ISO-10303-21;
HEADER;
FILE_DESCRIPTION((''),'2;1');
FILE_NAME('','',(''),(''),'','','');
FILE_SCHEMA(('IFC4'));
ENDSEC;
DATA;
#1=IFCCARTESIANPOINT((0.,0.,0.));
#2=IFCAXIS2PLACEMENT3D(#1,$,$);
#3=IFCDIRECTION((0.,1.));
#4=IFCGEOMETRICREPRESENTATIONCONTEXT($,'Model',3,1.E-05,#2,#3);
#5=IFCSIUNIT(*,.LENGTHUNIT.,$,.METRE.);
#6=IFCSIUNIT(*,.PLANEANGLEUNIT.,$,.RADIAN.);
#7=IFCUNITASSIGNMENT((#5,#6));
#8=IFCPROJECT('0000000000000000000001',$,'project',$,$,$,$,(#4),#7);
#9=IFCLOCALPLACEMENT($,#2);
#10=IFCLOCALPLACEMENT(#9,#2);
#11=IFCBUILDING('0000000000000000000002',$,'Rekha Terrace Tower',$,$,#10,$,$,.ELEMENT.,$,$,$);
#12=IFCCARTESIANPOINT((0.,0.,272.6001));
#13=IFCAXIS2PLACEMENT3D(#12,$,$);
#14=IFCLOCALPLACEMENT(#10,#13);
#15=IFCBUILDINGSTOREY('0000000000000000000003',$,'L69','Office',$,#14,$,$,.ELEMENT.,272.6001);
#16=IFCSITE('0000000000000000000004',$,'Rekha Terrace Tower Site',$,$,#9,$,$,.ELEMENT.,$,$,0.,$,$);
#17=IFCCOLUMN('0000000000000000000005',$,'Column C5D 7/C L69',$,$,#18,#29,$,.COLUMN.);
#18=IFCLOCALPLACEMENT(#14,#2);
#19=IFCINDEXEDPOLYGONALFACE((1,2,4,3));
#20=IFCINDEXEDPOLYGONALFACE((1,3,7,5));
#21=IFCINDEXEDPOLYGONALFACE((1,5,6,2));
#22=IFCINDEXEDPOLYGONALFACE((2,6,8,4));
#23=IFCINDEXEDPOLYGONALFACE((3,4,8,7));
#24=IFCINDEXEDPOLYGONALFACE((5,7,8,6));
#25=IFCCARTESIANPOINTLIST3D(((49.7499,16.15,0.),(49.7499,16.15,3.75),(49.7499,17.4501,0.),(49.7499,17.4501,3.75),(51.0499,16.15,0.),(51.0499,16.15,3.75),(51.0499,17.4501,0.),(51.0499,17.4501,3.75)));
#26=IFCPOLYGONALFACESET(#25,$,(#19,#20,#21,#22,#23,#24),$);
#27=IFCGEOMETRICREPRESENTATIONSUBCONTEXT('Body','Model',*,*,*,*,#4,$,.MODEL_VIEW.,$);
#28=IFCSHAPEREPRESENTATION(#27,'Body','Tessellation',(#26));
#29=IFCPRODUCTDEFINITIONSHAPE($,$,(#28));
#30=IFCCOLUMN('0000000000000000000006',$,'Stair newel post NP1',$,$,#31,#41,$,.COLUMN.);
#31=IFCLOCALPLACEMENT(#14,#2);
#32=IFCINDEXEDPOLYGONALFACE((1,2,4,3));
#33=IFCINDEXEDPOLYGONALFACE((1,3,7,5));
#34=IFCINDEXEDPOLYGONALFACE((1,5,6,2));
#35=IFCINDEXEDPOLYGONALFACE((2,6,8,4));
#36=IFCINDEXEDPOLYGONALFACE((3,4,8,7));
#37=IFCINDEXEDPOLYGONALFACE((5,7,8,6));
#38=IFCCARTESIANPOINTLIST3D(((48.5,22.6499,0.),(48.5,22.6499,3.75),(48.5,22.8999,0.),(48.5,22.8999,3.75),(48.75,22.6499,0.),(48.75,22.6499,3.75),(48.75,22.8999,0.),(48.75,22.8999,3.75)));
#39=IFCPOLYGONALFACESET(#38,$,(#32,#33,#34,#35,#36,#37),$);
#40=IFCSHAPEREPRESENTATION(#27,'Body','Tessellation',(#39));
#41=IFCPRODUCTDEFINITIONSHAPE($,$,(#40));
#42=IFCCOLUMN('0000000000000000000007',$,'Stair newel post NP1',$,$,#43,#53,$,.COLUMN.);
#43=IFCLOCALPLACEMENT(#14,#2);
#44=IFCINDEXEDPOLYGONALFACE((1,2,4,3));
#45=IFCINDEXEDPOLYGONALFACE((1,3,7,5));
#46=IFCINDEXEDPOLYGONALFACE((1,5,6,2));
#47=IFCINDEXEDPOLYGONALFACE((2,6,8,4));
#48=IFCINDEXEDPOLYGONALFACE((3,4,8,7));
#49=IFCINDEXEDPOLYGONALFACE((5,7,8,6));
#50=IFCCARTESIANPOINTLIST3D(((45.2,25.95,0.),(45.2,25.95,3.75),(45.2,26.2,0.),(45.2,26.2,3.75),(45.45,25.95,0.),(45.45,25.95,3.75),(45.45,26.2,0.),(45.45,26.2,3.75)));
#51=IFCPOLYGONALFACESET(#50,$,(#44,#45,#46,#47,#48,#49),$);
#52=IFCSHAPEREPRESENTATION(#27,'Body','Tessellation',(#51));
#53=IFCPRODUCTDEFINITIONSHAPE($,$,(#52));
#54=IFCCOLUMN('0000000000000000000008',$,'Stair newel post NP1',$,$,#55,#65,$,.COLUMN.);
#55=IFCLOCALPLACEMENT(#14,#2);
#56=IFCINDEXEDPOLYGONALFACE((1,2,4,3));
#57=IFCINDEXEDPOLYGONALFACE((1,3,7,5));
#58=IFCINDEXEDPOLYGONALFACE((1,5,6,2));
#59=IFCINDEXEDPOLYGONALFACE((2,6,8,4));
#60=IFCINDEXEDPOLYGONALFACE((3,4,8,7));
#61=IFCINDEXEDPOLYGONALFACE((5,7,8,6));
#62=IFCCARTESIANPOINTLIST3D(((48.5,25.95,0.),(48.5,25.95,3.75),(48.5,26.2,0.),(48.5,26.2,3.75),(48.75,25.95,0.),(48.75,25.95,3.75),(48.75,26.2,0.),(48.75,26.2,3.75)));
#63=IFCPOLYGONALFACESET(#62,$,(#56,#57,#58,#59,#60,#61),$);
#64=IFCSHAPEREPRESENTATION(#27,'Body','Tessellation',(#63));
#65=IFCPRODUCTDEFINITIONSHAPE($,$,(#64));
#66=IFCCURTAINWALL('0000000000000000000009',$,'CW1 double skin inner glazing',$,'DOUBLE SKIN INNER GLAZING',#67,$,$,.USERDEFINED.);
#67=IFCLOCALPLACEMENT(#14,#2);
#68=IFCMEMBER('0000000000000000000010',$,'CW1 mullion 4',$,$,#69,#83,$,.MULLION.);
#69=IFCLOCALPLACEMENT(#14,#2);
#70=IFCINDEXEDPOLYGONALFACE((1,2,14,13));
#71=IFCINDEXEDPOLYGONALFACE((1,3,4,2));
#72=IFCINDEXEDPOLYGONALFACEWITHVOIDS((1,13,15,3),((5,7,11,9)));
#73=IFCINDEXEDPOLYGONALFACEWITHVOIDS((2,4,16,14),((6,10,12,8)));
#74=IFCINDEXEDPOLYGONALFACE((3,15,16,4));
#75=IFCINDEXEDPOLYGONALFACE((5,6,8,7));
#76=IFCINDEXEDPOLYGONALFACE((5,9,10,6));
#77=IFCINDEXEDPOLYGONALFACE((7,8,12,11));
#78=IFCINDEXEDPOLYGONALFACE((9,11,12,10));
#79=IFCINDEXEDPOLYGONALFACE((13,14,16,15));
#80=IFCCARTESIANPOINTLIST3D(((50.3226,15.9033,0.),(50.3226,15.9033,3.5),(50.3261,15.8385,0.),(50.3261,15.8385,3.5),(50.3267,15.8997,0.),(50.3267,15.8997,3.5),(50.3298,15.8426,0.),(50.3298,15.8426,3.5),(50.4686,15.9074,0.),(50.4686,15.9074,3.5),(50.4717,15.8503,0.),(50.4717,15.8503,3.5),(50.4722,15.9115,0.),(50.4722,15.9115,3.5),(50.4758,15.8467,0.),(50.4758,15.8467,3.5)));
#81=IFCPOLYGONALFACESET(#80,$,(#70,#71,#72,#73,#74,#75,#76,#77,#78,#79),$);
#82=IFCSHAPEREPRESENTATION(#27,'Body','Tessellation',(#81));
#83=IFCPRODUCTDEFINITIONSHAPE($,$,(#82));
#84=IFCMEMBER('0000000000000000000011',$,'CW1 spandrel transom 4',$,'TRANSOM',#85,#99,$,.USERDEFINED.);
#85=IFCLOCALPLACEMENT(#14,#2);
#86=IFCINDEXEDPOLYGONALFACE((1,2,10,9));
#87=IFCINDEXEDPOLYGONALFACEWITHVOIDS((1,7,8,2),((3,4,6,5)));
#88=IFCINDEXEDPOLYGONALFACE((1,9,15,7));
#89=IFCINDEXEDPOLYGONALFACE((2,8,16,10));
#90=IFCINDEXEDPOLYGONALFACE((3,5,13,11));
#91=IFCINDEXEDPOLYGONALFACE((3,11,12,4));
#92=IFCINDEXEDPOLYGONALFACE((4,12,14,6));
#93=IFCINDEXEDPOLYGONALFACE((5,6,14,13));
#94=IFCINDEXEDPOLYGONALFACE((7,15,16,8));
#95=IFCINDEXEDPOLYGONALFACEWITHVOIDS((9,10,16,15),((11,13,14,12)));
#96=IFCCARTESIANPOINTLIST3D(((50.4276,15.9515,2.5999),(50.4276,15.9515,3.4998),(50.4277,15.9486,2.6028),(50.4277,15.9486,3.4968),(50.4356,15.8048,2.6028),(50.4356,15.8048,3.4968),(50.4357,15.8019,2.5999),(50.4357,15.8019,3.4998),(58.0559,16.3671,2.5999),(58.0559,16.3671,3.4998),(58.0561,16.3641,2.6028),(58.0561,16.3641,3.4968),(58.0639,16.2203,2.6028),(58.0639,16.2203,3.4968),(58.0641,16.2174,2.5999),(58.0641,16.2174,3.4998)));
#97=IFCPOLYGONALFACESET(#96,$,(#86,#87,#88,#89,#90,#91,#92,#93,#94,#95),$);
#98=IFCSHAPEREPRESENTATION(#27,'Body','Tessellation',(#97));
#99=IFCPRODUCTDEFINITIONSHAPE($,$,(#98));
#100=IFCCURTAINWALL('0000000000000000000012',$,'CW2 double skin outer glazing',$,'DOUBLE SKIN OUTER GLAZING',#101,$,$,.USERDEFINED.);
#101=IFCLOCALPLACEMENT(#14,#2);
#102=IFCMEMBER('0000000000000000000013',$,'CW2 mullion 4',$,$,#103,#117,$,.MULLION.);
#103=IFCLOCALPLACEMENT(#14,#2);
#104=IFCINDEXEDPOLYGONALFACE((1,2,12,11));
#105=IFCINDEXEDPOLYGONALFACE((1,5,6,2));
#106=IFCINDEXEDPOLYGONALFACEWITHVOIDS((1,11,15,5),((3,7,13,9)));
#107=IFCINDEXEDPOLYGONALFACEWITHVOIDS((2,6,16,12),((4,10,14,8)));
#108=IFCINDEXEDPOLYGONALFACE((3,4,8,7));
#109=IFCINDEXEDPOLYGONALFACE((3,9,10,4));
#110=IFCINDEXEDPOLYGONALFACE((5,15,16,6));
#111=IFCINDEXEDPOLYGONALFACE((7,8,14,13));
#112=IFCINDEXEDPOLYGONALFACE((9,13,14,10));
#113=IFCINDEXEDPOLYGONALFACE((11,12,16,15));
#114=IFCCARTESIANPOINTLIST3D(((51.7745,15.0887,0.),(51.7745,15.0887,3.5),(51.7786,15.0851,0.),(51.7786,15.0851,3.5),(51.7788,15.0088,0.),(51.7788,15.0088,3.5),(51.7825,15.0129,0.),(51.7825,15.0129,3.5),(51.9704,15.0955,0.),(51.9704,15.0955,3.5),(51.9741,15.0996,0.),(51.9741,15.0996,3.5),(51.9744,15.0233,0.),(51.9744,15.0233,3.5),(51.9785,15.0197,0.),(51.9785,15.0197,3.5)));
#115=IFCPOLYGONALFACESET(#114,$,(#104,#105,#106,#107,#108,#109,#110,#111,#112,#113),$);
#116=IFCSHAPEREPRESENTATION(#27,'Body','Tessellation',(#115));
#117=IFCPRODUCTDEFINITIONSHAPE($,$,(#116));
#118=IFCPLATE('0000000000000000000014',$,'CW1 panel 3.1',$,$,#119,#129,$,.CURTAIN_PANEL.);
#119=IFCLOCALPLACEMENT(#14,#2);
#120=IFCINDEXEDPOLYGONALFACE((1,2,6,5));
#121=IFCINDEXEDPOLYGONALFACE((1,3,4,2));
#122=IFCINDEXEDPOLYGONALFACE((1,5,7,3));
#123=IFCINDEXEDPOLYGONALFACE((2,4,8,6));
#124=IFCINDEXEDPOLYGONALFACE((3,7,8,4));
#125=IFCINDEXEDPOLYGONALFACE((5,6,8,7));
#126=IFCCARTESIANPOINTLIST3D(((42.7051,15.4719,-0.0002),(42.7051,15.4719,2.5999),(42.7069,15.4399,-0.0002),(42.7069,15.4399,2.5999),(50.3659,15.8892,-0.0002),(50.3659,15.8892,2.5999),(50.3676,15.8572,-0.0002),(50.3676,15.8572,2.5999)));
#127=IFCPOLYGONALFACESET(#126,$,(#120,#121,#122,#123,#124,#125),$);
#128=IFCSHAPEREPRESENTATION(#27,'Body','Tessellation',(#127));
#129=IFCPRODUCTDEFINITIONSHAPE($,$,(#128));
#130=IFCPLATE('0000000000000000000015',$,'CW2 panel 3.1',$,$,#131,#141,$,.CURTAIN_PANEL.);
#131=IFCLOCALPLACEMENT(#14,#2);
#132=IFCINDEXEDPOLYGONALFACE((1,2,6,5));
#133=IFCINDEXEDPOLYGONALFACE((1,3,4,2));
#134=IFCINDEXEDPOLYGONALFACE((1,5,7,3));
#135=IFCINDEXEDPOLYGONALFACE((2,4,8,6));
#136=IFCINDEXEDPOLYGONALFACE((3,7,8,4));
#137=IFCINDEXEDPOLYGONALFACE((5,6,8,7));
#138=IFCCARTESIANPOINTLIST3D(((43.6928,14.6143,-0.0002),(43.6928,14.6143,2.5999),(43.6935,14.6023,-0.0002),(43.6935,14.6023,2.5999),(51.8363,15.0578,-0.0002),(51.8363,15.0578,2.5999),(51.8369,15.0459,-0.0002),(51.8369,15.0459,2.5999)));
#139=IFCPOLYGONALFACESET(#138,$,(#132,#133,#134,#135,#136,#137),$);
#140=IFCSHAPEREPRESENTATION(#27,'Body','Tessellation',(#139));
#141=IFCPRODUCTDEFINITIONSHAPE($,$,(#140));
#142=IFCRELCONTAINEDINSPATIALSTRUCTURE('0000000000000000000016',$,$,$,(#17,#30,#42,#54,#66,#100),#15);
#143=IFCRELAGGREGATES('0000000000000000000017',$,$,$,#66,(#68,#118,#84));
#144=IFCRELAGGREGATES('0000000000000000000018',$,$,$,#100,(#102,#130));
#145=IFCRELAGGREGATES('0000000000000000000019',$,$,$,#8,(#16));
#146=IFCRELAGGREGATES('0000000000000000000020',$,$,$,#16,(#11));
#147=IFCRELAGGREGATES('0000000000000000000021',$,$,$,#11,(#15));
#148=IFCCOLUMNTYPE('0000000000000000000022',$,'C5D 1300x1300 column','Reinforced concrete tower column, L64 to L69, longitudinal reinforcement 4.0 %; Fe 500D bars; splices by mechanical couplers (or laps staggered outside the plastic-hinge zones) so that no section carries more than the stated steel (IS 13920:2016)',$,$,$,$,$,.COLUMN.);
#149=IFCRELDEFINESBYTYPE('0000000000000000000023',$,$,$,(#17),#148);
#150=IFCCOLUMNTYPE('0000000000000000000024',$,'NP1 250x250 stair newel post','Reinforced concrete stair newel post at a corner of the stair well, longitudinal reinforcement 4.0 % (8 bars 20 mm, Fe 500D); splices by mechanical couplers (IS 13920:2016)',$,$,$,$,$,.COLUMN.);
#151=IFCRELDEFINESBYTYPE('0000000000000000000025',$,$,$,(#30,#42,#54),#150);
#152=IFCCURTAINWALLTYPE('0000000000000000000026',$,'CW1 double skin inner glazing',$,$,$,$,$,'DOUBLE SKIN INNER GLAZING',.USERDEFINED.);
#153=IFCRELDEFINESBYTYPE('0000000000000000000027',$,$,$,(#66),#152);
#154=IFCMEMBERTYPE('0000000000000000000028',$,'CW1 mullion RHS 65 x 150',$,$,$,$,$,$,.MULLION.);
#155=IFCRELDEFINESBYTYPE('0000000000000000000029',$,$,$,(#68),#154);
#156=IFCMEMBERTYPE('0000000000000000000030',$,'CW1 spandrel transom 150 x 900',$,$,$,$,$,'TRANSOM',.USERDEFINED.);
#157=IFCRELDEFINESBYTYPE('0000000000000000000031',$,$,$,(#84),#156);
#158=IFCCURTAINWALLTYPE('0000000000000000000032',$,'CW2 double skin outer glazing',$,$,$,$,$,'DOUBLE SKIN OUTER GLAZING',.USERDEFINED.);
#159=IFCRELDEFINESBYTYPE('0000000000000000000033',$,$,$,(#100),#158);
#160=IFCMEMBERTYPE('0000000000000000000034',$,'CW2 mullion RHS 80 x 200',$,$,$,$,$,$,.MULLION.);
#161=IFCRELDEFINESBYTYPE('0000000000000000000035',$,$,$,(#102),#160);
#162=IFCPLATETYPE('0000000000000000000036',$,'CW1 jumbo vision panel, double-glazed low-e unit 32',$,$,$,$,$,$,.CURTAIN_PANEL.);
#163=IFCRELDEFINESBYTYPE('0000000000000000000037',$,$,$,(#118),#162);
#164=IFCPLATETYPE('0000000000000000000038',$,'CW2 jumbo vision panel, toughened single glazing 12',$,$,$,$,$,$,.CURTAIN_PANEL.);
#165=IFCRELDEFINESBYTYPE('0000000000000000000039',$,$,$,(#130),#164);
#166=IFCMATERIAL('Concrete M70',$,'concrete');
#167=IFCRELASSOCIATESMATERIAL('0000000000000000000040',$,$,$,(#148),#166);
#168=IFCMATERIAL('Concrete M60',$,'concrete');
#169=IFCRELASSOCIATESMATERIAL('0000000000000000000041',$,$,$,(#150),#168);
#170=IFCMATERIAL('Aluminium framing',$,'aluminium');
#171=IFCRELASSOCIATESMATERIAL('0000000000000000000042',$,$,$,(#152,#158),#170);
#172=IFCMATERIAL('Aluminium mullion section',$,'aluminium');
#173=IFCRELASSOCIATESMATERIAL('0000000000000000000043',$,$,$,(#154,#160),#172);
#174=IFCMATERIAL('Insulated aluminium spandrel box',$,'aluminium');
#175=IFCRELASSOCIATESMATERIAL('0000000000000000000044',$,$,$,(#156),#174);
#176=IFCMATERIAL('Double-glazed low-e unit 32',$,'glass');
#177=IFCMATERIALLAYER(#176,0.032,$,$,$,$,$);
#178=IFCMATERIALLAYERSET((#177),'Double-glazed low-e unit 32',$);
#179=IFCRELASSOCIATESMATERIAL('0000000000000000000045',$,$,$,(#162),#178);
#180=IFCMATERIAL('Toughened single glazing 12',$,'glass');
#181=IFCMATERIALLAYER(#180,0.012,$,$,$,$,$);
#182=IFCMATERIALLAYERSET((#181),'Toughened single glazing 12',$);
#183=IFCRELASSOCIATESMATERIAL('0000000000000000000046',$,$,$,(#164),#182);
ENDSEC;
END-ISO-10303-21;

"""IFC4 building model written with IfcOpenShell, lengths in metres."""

from ifc_helpers import new_model, si_unit, direction, frame, origin, origin_2d, place, context, subcontext, project, spatial, rectangle, hollow_rectangle, extrude, material, layer, layer_set, material_profile, profile_set, type_object, element, aggregate, save


model = new_model("IFC4")

# Units and contexts
model_context = context("Model", 3, precision=1e-05, world=origin(), true_north=direction((0.0, 1.0)))
body_context = subcontext(model_context, "Body", "Model", "MODEL_VIEW")
ifc_project = project(units=[si_unit("LENGTHUNIT", "METRE"), si_unit("PLANEANGLEUNIT", "RADIAN")], contexts=[model_context])

# Site, building, storey
site_placement = place(None, origin())
site = spatial("IfcSite", under=ifc_project, at=site_placement, Name="Rekha Terrace Tower Site", CompositionType="ELEMENT", RefElevation=0.0)
building_placement = place(site_placement, origin())
building = spatial("IfcBuilding", under=site, at=building_placement, Name="Rekha Terrace Tower", CompositionType="ELEMENT")
storey_placement = place(building_placement, frame((0.0, 0.0, 272.6001)))
storey = spatial("IfcBuildingStorey", under=building, at=storey_placement, Name="L69", Description="Office", CompositionType="ELEMENT", Elevation=272.6001)

# Columns
ifc_material_1 = material(Name="Concrete M70", Category="concrete")
ifc_material_profile_1 = material_profile(ifc_material_1, rectangle(XDim=1.3, YDim=1.3, at=origin_2d()), Name="RC 1300x1300")
ifc_profile_set_1 = profile_set([ifc_material_profile_1], Name="Concrete M70")
column_type_1 = type_object("IfcColumnType", Name="C5D 1300x1300 column", Description="Reinforced concrete tower column, L64 to L69, longitudinal reinforcement 4.0 %; Fe 500D bars; splices by mechanical couplers (or laps staggered outside the plastic-hinge zones) so that no section carries more than the stated steel (IS 13920:2016)", PredefinedType="COLUMN", material=ifc_profile_set_1)
column_placement = place(storey_placement, frame((50.3999, 16.8, 0.0), z_axis=(0.0, 0.0, 1.0), x_axis=(1.0, 0.0, 0.0)))
element("IfcColumn", 1, at=column_placement, inside=storey, type_object=column_type_1, Name="Column C5D 7/C L69", PredefinedType="COLUMN", context=body_context, shape_type="SweptSolid", body=[
    extrude(rectangle(XDim=1.3, YDim=1.3, at=origin_2d()), origin(), (0.0, 0.0, 1.0), 3.75),
])
ifc_material_2 = material(Name="Concrete M60", Category="concrete")
ifc_material_profile_2 = material_profile(ifc_material_2, rectangle(XDim=0.25, YDim=0.25, at=origin_2d()), Name="RC 250x250")
ifc_profile_set_2 = profile_set([ifc_material_profile_2], Name="Concrete M60")
column_type_2 = type_object("IfcColumnType", Name="NP1 250x250 stair newel post", Description="Reinforced concrete stair newel post at a corner of the stair well, longitudinal reinforcement 4.0 % (8 bars 20 mm, Fe 500D); splices by mechanical couplers (IS 13920:2016)", PredefinedType="COLUMN", material=ifc_profile_set_2)
for number, where, z_axis, x_axis, name in (
    (2, (48.625, 22.7749, 0.0), (0.0, 0.0, 1.0), (1.0, 0.0, 0.0), "Stair newel post NP1"),
    (3, (45.325, 26.075, 0.0), (0.0, 0.0, 1.0), (1.0, 0.0, 0.0), "Stair newel post NP1"),
    (4, (48.625, 26.075, 0.0), (0.0, 0.0, 1.0), (1.0, 0.0, 0.0), "Stair newel post NP1"),
):
    element("IfcColumn", number, at=place(storey_placement, frame(where, z_axis=z_axis, x_axis=x_axis)), inside=storey, type_object=column_type_2, Name=name, PredefinedType="COLUMN", context=body_context, shape_type="SweptSolid", body=[
        extrude(rectangle(XDim=0.25, YDim=0.25, at=origin_2d()), origin(), (0.0, 0.0, 1.0), 3.75),
    ])

# Curtain wall, members
ifc_material_3 = material(Name="Aluminium framing", Category="aluminium")
curtain_wall_type_1 = type_object("IfcCurtainWallType", Name="CW1 double skin inner glazing", ElementType="DOUBLE SKIN INNER GLAZING", PredefinedType="USERDEFINED", material=ifc_material_3)
curtain_wall_1_placement = place(storey_placement, origin())
curtain_wall_1 = element("IfcCurtainWall", 5, at=curtain_wall_1_placement, inside=storey, type_object=curtain_wall_type_1, Name="CW1 double skin inner glazing", ObjectType="DOUBLE SKIN INNER GLAZING", PredefinedType="USERDEFINED")
ifc_material_4 = material(Name="Aluminium mullion section", Category="aluminium")
ifc_material_profile_3 = material_profile(ifc_material_4, hollow_rectangle(XDim=0.0649, YDim=0.1499, WallThickness=0.0039, at=origin_2d()), Name="AL RHS 65x150")
ifc_profile_set_3 = profile_set([ifc_material_profile_3], Name="Aluminium mullion section")
member_type_1 = type_object("IfcMemberType", Name="CW1 mullion RHS 65 x 150", PredefinedType="MULLION", material=ifc_profile_set_3)
member_1_placement = place(storey_placement, frame((50.3992, 15.875, 0.0), z_axis=(0.0, 0.0, 1.0), x_axis=(-0.054389, 0.99852, 0.0)))
member_1 = element("IfcMember", 6, at=member_1_placement, type_object=member_type_1, Name="CW1 mullion 4", PredefinedType="MULLION", context=body_context, shape_type="SweptSolid", body=[
    extrude(hollow_rectangle(XDim=0.0649, YDim=0.1499, WallThickness=0.0039, at=origin_2d()), origin(), (0.0, 0.0, 1.0), 3.5),
])
ifc_material_5 = material(Name="Insulated aluminium spandrel box", Category="aluminium")
ifc_material_profile_4 = material_profile(ifc_material_5, hollow_rectangle(XDim=0.1499, YDim=0.8999, WallThickness=0.0029, at=origin_2d()), Name="AL SPANDREL BOX 150x900")
ifc_profile_set_4 = profile_set([ifc_material_profile_4], Name="Insulated aluminium spandrel box")
member_type_2 = type_object("IfcMemberType", Name="CW1 spandrel transom 150 x 900", ElementType="TRANSOM", PredefinedType="USERDEFINED", material=ifc_profile_set_4)
member_2_placement = place(storey_placement, frame((50.4316, 15.8767, 3.0498), z_axis=(0.99852, 0.05439, 0.0), x_axis=(-0.05439, 0.99852, 0.0)))
member_2 = element("IfcMember", 7, at=member_2_placement, type_object=member_type_2, Name="CW1 spandrel transom 4", ObjectType="TRANSOM", PredefinedType="USERDEFINED", context=body_context, shape_type="SweptSolid", body=[
    extrude(hollow_rectangle(XDim=0.1499, YDim=0.8999, WallThickness=0.0029, at=origin_2d()), origin(), (0.0, 0.0, 1.0), 7.6396),
])

# Curtain wall, member
curtain_wall_type_2 = type_object("IfcCurtainWallType", Name="CW2 double skin outer glazing", ElementType="DOUBLE SKIN OUTER GLAZING", PredefinedType="USERDEFINED", material=ifc_material_3)
curtain_wall_2_placement = place(storey_placement, origin())
curtain_wall_2 = element("IfcCurtainWall", 8, at=curtain_wall_2_placement, inside=storey, type_object=curtain_wall_type_2, Name="CW2 double skin outer glazing", ObjectType="DOUBLE SKIN OUTER GLAZING", PredefinedType="USERDEFINED")
ifc_material_profile_5 = material_profile(ifc_material_4, hollow_rectangle(XDim=0.0801, YDim=0.2, WallThickness=0.0039, at=origin_2d()), Name="AL RHS 80x200")
ifc_profile_set_5 = profile_set([ifc_material_profile_5], Name="Aluminium mullion section")
member_type_3 = type_object("IfcMemberType", Name="CW2 mullion RHS 80 x 200", PredefinedType="MULLION", material=ifc_profile_set_5)
member_3_placement = place(storey_placement, frame((51.8765, 15.0542, 0.0), z_axis=(0.0, 0.0, 1.0), x_axis=(-0.054389, 0.99852, 0.0)))
member_3 = element("IfcMember", 9, at=member_3_placement, type_object=member_type_3, Name="CW2 mullion 4", PredefinedType="MULLION", context=body_context, shape_type="SweptSolid", body=[
    extrude(hollow_rectangle(XDim=0.0801, YDim=0.2, WallThickness=0.0039, at=origin_2d()), origin(), (0.0, 0.0, 1.0), 3.5),
])

# Plates
ifc_material_6 = material(Name="Double-glazed low-e unit 32", Category="glass")
ifc_layer_1 = layer(ifc_material_6, 0.032)
ifc_layer_set_1 = layer_set([ifc_layer_1], Name="Double-glazed low-e unit 32")
plate_type_1 = type_object("IfcPlateType", Name="CW1 jumbo vision panel, double-glazed low-e unit 32", PredefinedType="CURTAIN_PANEL", material=ifc_layer_set_1)
plate_1_placement = place(storey_placement, frame((46.5364, 15.6646, -0.0002), z_axis=(0.0, 0.0, 1.0), x_axis=(0.99852, 0.054389, 0.0)))
plate_1 = element("IfcPlate", 10, at=plate_1_placement, type_object=plate_type_1, Name="CW1 panel 3.1", PredefinedType="CURTAIN_PANEL", context=body_context, shape_type="SweptSolid", body=[
    extrude(rectangle(XDim=7.6721, YDim=0.032, at=origin_2d()), origin(), (0.0, 0.0, 1.0), 2.6001),
])
aggregate(curtain_wall_1, [member_1, plate_1, member_2])
ifc_material_7 = material(Name="Toughened single glazing 12", Category="glass")
ifc_layer_2 = layer(ifc_material_7, 0.012)
ifc_layer_set_2 = layer_set([ifc_layer_2], Name="Toughened single glazing 12")
plate_type_2 = type_object("IfcPlateType", Name="CW2 jumbo vision panel, toughened single glazing 12", PredefinedType="CURTAIN_PANEL", material=ifc_layer_set_2)
plate_2_placement = place(storey_placement, frame((47.7649, 14.8301, -0.0002), z_axis=(0.0, 0.0, 1.0), x_axis=(0.99852, 0.054389, 0.0)))
plate_2 = element("IfcPlate", 11, at=plate_2_placement, type_object=plate_type_2, Name="CW2 panel 3.1", PredefinedType="CURTAIN_PANEL", context=body_context, shape_type="SweptSolid", body=[
    extrude(rectangle(XDim=8.1555, YDim=0.012, at=origin_2d()), origin(), (0.0, 0.0, 1.0), 2.6001),
])
aggregate(curtain_wall_2, [member_3, plate_2])

save(model, "model.ifc")
